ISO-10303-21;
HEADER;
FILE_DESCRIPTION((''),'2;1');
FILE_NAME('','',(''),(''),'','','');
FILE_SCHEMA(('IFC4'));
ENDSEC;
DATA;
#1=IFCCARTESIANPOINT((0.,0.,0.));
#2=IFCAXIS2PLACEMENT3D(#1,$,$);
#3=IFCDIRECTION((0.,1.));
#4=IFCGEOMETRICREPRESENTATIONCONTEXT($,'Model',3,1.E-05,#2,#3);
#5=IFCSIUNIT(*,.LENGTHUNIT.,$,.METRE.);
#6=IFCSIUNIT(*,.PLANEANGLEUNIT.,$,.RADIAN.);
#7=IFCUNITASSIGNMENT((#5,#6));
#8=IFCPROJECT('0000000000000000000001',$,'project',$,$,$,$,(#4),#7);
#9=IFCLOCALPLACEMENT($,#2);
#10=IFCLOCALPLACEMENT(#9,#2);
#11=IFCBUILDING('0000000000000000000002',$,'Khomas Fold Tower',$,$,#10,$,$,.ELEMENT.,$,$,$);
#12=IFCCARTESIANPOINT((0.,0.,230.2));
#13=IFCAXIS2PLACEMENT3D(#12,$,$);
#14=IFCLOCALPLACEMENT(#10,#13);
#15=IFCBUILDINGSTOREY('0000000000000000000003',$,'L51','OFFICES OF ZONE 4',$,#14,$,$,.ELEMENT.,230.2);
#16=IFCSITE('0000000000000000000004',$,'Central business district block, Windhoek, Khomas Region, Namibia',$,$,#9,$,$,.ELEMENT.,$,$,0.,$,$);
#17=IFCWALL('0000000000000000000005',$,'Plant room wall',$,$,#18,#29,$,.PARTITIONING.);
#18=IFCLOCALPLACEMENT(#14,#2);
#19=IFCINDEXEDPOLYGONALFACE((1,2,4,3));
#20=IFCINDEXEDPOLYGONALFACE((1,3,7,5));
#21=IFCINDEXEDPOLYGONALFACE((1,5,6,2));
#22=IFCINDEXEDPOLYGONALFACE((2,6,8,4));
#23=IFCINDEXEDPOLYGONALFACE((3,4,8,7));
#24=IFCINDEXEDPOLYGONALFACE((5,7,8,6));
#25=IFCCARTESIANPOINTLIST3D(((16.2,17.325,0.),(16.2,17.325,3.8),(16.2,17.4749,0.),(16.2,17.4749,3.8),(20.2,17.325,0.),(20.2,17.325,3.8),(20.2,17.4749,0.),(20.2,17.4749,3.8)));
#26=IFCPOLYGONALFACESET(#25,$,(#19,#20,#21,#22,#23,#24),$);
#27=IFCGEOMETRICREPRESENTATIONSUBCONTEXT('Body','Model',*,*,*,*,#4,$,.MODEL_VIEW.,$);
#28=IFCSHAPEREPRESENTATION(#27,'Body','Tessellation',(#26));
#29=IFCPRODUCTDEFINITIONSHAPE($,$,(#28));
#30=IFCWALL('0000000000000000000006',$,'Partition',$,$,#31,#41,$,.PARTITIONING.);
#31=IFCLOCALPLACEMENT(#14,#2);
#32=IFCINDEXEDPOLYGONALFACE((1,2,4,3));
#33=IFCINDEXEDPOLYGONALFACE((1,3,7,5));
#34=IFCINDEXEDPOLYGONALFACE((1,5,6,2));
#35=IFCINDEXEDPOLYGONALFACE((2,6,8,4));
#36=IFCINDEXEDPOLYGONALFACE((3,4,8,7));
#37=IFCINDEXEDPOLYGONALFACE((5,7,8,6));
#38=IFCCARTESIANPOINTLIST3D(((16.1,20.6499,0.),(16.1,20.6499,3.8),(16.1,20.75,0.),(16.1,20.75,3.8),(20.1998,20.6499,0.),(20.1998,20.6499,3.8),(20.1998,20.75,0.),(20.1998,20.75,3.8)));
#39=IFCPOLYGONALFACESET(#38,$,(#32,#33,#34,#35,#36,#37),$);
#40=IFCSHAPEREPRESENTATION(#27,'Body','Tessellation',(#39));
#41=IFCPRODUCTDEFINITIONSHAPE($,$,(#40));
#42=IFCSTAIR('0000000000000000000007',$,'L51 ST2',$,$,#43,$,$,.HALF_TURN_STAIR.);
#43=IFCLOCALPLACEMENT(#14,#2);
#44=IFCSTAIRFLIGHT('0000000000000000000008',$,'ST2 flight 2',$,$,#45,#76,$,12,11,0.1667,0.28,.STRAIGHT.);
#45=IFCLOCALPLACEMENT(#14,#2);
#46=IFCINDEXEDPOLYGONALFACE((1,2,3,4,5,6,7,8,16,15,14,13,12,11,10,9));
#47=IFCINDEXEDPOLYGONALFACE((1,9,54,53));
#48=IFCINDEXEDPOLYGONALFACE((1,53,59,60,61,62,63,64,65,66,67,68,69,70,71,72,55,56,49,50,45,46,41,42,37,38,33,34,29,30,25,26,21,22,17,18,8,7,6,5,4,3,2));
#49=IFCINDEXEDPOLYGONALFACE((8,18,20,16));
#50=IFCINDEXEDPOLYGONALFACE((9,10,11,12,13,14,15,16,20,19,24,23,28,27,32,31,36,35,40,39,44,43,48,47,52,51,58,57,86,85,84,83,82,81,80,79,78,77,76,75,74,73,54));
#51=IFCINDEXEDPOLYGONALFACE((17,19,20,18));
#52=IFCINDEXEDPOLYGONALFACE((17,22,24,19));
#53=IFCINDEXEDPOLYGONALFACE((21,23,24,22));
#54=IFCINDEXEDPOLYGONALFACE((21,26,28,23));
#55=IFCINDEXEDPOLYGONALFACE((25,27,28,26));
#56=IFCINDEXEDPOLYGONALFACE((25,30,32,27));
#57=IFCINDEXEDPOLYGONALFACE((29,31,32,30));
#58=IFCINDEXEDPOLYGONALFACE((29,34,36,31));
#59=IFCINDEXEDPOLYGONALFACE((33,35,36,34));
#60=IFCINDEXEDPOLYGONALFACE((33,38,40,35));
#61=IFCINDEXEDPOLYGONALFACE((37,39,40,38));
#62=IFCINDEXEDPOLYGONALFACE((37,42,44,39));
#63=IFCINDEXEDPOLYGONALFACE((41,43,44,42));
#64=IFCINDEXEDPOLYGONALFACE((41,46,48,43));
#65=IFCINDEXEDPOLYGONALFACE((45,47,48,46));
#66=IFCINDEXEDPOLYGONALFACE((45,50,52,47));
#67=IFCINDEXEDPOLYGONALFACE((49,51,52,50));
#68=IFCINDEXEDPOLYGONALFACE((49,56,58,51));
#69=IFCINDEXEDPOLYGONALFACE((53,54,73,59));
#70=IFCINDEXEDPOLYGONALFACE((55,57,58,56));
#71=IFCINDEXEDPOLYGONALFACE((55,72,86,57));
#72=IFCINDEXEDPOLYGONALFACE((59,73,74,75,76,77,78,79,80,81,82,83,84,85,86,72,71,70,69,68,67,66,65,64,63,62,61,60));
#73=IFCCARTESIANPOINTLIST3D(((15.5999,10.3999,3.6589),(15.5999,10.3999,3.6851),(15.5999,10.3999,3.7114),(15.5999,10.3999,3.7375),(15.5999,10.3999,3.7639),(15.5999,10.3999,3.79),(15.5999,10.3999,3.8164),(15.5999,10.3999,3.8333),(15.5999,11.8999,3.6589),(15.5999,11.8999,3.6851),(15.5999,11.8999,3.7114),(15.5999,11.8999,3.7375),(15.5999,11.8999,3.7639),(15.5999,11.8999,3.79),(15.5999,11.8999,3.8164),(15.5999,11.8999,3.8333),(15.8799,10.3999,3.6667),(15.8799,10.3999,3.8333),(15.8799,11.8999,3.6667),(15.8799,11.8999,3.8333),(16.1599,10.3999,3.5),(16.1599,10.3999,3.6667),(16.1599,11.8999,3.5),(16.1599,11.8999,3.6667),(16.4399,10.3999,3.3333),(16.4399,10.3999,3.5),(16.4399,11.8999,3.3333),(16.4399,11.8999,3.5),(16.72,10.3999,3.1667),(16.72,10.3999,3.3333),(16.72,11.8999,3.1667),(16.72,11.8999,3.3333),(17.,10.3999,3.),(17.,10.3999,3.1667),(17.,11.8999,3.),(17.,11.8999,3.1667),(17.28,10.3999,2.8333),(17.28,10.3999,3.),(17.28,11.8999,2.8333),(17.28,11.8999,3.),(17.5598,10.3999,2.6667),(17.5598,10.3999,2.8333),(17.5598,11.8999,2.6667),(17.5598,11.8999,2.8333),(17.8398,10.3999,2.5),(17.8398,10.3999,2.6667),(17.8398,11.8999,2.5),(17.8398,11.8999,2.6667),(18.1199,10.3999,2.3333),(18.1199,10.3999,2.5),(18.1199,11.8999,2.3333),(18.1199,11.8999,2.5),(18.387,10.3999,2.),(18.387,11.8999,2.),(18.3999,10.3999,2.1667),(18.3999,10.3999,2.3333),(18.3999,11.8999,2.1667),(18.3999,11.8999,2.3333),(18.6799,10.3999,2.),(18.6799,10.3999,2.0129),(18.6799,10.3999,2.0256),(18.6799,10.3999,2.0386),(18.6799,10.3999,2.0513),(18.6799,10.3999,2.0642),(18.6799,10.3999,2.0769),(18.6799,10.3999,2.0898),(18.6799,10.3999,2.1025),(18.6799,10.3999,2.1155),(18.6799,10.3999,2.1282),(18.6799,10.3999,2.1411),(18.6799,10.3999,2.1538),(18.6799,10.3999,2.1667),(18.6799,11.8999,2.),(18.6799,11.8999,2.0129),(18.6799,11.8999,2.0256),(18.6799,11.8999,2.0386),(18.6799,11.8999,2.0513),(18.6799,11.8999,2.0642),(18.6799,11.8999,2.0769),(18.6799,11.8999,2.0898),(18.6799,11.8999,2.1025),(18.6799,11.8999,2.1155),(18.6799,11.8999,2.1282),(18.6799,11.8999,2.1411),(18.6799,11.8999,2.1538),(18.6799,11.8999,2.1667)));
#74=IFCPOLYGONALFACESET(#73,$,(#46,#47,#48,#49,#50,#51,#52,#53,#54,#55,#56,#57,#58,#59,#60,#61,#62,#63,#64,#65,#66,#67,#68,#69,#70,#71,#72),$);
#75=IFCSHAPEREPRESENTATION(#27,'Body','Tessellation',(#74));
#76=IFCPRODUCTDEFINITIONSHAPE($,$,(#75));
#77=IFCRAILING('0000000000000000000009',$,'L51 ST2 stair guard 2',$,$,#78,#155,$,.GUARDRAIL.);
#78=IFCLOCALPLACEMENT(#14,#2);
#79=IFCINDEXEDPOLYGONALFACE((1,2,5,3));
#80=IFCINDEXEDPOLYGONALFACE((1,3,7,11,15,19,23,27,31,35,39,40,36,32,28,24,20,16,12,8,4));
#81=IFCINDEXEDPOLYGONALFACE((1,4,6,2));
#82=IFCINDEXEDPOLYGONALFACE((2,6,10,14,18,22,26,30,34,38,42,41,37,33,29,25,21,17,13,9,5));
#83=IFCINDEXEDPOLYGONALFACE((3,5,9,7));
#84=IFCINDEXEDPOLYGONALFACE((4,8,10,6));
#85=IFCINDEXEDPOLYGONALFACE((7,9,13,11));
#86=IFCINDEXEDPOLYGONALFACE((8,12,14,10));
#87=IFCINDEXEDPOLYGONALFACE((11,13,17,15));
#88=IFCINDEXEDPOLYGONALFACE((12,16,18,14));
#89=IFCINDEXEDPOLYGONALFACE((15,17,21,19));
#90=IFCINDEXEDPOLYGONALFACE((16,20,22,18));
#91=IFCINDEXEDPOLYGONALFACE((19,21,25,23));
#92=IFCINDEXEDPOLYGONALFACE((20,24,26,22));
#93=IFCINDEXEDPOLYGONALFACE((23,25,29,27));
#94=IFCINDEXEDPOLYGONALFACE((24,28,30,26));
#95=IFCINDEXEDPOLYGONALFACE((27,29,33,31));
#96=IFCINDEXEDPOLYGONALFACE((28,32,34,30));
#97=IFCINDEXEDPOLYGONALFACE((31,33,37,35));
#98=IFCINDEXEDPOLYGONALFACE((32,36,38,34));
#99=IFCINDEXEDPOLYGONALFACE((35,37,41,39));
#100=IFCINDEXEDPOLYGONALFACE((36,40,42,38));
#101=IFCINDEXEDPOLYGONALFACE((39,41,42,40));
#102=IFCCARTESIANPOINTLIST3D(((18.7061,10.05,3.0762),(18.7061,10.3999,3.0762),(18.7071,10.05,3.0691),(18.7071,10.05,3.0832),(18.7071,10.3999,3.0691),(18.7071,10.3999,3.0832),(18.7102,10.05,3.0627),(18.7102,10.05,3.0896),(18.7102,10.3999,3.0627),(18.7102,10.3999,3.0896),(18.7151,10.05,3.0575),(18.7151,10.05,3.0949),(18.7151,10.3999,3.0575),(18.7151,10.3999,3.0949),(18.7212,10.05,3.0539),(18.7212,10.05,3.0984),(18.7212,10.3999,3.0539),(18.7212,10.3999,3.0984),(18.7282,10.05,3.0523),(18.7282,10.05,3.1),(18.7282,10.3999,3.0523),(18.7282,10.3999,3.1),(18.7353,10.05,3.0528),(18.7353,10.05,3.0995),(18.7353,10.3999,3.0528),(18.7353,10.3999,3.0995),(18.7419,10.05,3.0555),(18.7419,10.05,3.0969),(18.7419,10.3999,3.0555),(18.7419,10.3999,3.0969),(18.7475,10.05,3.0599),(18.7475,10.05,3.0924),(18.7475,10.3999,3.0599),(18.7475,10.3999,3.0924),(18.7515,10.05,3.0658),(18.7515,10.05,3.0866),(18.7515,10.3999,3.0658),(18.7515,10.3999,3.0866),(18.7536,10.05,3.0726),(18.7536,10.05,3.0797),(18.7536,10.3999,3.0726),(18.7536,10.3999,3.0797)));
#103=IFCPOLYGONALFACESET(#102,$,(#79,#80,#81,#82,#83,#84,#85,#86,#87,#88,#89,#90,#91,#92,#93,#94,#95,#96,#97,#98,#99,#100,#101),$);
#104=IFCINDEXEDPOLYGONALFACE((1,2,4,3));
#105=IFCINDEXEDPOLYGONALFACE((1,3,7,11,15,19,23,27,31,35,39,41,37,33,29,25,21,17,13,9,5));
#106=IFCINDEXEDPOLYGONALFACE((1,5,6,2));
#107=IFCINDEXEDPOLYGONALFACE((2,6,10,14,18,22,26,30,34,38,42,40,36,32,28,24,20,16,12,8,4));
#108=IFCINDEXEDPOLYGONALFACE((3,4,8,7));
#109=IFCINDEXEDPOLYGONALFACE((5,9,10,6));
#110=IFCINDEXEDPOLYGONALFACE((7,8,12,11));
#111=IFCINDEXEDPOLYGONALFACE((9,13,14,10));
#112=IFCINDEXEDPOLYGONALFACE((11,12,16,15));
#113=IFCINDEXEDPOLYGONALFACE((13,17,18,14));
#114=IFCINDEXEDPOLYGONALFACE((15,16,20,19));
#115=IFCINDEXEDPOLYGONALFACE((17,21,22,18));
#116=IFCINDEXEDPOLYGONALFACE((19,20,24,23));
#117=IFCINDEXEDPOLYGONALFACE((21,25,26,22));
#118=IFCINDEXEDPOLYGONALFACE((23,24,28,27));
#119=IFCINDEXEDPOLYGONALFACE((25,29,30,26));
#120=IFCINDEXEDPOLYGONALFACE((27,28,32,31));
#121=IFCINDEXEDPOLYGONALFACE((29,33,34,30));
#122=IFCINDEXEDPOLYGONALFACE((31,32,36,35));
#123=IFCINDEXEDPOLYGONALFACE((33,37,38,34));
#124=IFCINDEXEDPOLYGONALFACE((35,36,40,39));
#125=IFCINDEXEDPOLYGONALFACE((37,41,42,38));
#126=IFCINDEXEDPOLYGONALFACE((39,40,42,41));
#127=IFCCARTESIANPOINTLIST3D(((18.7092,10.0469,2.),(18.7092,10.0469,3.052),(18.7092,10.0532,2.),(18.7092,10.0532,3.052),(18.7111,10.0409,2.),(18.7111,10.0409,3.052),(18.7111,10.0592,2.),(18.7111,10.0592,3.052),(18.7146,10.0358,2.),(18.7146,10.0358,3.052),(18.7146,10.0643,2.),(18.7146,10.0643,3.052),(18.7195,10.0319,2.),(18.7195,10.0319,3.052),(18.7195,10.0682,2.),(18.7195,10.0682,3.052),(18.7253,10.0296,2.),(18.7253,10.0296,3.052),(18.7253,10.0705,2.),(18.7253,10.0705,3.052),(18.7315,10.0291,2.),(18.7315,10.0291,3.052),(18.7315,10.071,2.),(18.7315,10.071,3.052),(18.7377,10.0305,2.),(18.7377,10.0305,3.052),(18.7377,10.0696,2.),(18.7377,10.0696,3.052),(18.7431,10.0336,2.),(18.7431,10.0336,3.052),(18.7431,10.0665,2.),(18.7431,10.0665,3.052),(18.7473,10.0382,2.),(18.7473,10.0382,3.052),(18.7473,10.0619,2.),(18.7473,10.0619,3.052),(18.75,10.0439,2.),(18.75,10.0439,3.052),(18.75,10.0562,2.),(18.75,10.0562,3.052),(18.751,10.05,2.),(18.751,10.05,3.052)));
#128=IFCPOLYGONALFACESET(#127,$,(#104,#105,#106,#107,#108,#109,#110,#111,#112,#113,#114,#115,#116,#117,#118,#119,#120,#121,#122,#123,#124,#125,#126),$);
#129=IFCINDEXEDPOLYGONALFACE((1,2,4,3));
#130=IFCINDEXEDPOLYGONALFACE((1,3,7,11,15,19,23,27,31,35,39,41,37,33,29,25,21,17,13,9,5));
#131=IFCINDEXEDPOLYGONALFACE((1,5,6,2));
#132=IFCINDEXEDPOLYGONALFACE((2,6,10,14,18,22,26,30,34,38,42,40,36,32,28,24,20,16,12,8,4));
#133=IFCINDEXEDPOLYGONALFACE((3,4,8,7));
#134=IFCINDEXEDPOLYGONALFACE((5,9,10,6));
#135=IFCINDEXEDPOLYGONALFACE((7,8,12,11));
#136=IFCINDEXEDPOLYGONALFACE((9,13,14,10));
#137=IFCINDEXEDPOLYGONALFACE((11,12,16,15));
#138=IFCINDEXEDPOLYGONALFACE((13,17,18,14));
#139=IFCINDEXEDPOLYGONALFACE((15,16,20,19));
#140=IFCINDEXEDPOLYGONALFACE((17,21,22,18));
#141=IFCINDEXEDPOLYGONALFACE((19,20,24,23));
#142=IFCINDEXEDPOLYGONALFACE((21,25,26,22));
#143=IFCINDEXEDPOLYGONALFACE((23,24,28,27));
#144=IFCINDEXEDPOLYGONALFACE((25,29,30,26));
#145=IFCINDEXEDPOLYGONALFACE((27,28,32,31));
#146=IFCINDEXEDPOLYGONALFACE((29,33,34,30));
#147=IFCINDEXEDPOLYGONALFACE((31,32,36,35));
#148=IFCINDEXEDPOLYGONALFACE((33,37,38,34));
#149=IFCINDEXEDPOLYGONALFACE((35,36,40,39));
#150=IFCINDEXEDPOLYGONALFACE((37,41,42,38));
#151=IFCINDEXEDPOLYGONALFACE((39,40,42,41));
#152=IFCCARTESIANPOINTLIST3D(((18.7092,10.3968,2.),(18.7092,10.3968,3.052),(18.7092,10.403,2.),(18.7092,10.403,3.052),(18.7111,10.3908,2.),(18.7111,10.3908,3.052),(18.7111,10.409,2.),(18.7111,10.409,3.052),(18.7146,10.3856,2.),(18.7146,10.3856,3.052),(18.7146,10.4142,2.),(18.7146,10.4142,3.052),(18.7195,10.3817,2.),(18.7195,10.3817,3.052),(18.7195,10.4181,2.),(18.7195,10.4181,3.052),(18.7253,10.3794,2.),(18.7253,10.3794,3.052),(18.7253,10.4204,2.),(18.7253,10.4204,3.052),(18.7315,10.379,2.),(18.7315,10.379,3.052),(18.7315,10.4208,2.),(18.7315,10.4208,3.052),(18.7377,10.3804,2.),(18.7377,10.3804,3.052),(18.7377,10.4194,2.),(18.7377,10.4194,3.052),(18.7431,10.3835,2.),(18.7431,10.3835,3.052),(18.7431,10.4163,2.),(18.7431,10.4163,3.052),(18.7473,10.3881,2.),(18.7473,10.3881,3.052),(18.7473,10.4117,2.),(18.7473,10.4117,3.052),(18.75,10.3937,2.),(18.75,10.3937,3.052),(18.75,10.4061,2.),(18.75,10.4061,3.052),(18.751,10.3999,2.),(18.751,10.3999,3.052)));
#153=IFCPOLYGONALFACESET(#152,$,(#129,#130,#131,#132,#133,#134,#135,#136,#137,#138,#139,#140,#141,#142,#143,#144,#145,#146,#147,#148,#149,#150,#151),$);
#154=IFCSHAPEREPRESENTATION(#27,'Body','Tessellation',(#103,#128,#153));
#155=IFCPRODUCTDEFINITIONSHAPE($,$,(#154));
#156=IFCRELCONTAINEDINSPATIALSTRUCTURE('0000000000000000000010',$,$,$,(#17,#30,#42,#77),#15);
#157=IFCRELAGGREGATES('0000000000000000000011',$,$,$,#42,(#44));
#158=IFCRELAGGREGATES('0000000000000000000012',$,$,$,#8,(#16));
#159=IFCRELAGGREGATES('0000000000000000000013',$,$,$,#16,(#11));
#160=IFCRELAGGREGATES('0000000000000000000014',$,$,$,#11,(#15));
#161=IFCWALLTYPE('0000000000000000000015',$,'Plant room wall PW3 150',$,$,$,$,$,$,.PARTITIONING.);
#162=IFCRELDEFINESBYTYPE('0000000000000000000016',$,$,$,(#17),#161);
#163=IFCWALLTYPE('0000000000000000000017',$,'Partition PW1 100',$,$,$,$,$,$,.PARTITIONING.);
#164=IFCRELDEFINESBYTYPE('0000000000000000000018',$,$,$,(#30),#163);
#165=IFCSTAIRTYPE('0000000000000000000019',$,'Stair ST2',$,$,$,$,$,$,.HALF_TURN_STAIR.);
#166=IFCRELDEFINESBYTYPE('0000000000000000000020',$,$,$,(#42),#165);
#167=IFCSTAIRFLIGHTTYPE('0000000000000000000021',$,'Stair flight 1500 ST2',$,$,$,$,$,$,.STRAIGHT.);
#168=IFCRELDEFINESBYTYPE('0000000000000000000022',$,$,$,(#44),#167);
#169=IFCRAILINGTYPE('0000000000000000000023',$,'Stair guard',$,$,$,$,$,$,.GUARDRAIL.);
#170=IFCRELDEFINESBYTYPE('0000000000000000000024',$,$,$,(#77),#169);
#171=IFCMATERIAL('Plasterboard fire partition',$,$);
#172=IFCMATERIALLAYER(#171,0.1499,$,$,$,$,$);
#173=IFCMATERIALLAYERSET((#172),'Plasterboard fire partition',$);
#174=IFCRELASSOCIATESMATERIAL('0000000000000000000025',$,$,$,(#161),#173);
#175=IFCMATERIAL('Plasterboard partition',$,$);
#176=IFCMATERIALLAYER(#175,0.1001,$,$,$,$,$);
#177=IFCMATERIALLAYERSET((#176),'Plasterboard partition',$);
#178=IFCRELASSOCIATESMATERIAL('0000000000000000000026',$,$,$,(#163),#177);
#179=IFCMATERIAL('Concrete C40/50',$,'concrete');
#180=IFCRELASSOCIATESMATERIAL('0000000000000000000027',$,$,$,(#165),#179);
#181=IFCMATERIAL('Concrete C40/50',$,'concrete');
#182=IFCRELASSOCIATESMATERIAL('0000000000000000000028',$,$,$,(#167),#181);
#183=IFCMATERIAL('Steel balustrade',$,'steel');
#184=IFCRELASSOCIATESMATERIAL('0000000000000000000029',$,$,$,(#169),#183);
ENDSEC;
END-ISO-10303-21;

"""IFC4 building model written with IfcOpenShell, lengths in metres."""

from ifc_helpers import new_model, si_unit, direction, frame, frame_2d, origin, origin_2d, place, context, subcontext, project, spatial, polyline, rectangle, circle, outline, extrude, source, transform, mapped, material, layer, layer_set, type_object, element, aggregate, save


model = new_model("IFC4")

# Units and contexts
model_context = context("Model", 3, precision=1e-05, world=origin(), true_north=direction((0.0, 1.0)))
body_context = subcontext(model_context, "Body", "Model", "MODEL_VIEW")
ifc_project = project(units=[si_unit("LENGTHUNIT", "METRE"), si_unit("PLANEANGLEUNIT", "RADIAN")], contexts=[model_context])

# Site, building, storey
site_placement = place(None, origin())
site = spatial("IfcSite", under=ifc_project, at=site_placement, Name="Central business district block, Windhoek, Khomas Region, Namibia", CompositionType="ELEMENT", RefElevation=0.0)
building_placement = place(site_placement, origin())
building = spatial("IfcBuilding", under=site, at=building_placement, Name="Khomas Fold Tower", CompositionType="ELEMENT")
storey_placement = place(building_placement, frame((0.0, 0.0, 230.2)))
storey = spatial("IfcBuildingStorey", under=building, at=storey_placement, Name="L51", Description="OFFICES OF ZONE 4", CompositionType="ELEMENT", Elevation=230.2)

# Walls
ifc_material_1 = material(Name="Plasterboard fire partition")
ifc_layer_1 = layer(ifc_material_1, 0.1499)
ifc_layer_set_1 = layer_set([ifc_layer_1], Name="Plasterboard fire partition")
wall_type_1 = type_object("IfcWallType", Name="Plant room wall PW3 150", PredefinedType="PARTITIONING", material=ifc_layer_set_1)
shared_shape_1 = source(origin(), body_context, "Body", "SweptSolid", [
    extrude(rectangle(XDim=4.0, YDim=0.1499, at=frame_2d((2.0, 0.0))), origin(), (0.0, 0.0, 1.0), 3.8),
])
wall_1_placement = place(storey_placement, frame((16.2, 17.3999, 0.0), z_axis=(0.0, 0.0, 1.0), x_axis=(1.0, 0.0, 0.0)))
element("IfcWall", 1, at=wall_1_placement, inside=storey, type_object=wall_type_1, Name="Plant room wall", PredefinedType="PARTITIONING", context=body_context, shape_type="MappedRepresentation", body=[
    mapped(shared_shape_1, transform((0.0, 0.0, 0.0))),
])
ifc_material_2 = material(Name="Plasterboard partition")
ifc_layer_2 = layer(ifc_material_2, 0.1001)
ifc_layer_set_2 = layer_set([ifc_layer_2], Name="Plasterboard partition")
wall_type_2 = type_object("IfcWallType", Name="Partition PW1 100", PredefinedType="PARTITIONING", material=ifc_layer_set_2)
shared_shape_2 = source(origin(), body_context, "Body", "SweptSolid", [
    extrude(rectangle(XDim=4.0999, YDim=0.1001, at=frame_2d((2.0498, 0.0))), origin(), (0.0, 0.0, 1.0), 3.8),
])
wall_2_placement = place(storey_placement, frame((16.1001, 20.7, 0.0), z_axis=(0.0, 0.0, 1.0), x_axis=(1.0, 0.0, 0.0)))
element("IfcWall", 2, at=wall_2_placement, inside=storey, type_object=wall_type_2, Name="Partition", PredefinedType="PARTITIONING", context=body_context, shape_type="MappedRepresentation", body=[
    mapped(shared_shape_2, transform((0.0, 0.0, 0.0))),
])

# Stair, stair flight
ifc_material_3 = material(Name="Concrete C40/50", Category="concrete")
stair_type = type_object("IfcStairType", Name="Stair ST2", PredefinedType="HALF_TURN_STAIR", material=ifc_material_3)
stair_placement = place(storey_placement, origin())
stair = element("IfcStair", 3, at=stair_placement, inside=storey, type_object=stair_type, Name="L51 ST2", PredefinedType="HALF_TURN_STAIR")
ifc_material_4 = material(Name="Concrete C40/50", Category="concrete")
stair_flight_type = type_object("IfcStairFlightType", Name="Stair flight 1500 ST2", PredefinedType="STRAIGHT", material=ifc_material_4)
shared_shape_3 = source(origin(), body_context, "Body", "SweptSolid", [
    extrude(outline(polyline([(0.0, 0.0), (0.0, 0.0129), (0.0, 0.0256), (0.0, 0.0386), (0.0, 0.0513), (0.0, 0.0642), (0.0, 0.0769), (0.0, 0.0898), (0.0, 0.1025), (0.0, 0.1155), (0.0, 0.1282), (0.0, 0.1411), (0.0, 0.1538), (0.0, 0.1667), (0.28, 0.1667), (0.28, 0.3333), (0.5601, 0.3333), (0.5601, 0.5), (0.8401, 0.5), (0.8401, 0.6667), (1.1201, 0.6667), (1.1201, 0.8333), (1.3999, 0.8333), (1.3999, 1.0), (1.6799, 1.0), (1.6799, 1.1667), (1.96, 1.1667), (1.96, 1.3333), (2.24, 1.3333), (2.24, 1.5), (2.52, 1.5), (2.52, 1.6667), (2.8, 1.6667), (2.8, 1.8333), (3.0801, 1.8333), (3.0801, 2.0), (3.0801, 1.9739), (3.0801, 1.9475), (3.0801, 1.9214), (3.0801, 1.895), (3.0801, 1.8689), (3.0801, 1.8425), (3.0801, 1.8164), (3.0801, 1.79), (3.0801, 1.7639), (3.0801, 1.7375), (3.0801, 1.7114), (3.0801, 1.6851), (3.0801, 1.6589), (0.293, 0.0), (0.0, 0.0)])), frame((0.0, 0.75, 0.0), z_axis=(0.0, -1.0, 0.0), x_axis=(1.0, 0.0, 0.0)), (0.0, 0.0, 1.0), 1.5),
])
stair_flight_placement = place(storey_placement, frame((18.6799, 11.1499, 2.0), z_axis=(0.0, 0.0, 1.0), x_axis=(-1.0, 0.0, 0.0)))
stair_flight = element("IfcStairFlight", 4, at=stair_flight_placement, type_object=stair_flight_type, Name="ST2 flight 2", NumberOfRisers=12, NumberOfTreads=11, PredefinedType="STRAIGHT", RiserHeight=0.1667, TreadLength=0.28, context=body_context, shape_type="MappedRepresentation", body=[
    mapped(shared_shape_3, transform((0.0, 0.0, 0.0))),
])
aggregate(stair, [stair_flight])

# Railing
ifc_material_5 = material(Name="Steel balustrade", Category="steel")
railing_type_1 = type_object("IfcRailingType", Name="Stair guard", PredefinedType="GUARDRAIL", material=ifc_material_5)
shared_shape_4 = source(origin(), body_context, "Body", "SweptSolid", [
    extrude(circle(Radius=0.0239, at=origin_2d()), frame((0.0, 0.0, 1.0762), z_axis=(0.0, 1.0, 0.0), x_axis=(-1.0, 0.0, 0.0)), (0.0, 0.0, 1.0), 0.3499),
    extrude(circle(Radius=0.021, at=origin_2d()), origin(), (0.0, 0.0, 1.0), 1.052),
    extrude(circle(Radius=0.021, at=origin_2d()), frame((0.0, 0.3499, 0.0)), (0.0, 0.0, 1.0), 1.052),
])
for number, where, name in (
    (5, (18.73, 10.05, 2.0), "L51 ST2 stair guard 2"),
):
    element("IfcRailing", number, at=place(storey_placement, frame(where)), inside=storey, type_object=railing_type_1, Name=name, PredefinedType="GUARDRAIL", context=body_context, shape_type="MappedRepresentation", body=[
        mapped(shared_shape_4, transform((0.0, 0.0, 0.0))),
    ])

save(model, "model.ifc")
